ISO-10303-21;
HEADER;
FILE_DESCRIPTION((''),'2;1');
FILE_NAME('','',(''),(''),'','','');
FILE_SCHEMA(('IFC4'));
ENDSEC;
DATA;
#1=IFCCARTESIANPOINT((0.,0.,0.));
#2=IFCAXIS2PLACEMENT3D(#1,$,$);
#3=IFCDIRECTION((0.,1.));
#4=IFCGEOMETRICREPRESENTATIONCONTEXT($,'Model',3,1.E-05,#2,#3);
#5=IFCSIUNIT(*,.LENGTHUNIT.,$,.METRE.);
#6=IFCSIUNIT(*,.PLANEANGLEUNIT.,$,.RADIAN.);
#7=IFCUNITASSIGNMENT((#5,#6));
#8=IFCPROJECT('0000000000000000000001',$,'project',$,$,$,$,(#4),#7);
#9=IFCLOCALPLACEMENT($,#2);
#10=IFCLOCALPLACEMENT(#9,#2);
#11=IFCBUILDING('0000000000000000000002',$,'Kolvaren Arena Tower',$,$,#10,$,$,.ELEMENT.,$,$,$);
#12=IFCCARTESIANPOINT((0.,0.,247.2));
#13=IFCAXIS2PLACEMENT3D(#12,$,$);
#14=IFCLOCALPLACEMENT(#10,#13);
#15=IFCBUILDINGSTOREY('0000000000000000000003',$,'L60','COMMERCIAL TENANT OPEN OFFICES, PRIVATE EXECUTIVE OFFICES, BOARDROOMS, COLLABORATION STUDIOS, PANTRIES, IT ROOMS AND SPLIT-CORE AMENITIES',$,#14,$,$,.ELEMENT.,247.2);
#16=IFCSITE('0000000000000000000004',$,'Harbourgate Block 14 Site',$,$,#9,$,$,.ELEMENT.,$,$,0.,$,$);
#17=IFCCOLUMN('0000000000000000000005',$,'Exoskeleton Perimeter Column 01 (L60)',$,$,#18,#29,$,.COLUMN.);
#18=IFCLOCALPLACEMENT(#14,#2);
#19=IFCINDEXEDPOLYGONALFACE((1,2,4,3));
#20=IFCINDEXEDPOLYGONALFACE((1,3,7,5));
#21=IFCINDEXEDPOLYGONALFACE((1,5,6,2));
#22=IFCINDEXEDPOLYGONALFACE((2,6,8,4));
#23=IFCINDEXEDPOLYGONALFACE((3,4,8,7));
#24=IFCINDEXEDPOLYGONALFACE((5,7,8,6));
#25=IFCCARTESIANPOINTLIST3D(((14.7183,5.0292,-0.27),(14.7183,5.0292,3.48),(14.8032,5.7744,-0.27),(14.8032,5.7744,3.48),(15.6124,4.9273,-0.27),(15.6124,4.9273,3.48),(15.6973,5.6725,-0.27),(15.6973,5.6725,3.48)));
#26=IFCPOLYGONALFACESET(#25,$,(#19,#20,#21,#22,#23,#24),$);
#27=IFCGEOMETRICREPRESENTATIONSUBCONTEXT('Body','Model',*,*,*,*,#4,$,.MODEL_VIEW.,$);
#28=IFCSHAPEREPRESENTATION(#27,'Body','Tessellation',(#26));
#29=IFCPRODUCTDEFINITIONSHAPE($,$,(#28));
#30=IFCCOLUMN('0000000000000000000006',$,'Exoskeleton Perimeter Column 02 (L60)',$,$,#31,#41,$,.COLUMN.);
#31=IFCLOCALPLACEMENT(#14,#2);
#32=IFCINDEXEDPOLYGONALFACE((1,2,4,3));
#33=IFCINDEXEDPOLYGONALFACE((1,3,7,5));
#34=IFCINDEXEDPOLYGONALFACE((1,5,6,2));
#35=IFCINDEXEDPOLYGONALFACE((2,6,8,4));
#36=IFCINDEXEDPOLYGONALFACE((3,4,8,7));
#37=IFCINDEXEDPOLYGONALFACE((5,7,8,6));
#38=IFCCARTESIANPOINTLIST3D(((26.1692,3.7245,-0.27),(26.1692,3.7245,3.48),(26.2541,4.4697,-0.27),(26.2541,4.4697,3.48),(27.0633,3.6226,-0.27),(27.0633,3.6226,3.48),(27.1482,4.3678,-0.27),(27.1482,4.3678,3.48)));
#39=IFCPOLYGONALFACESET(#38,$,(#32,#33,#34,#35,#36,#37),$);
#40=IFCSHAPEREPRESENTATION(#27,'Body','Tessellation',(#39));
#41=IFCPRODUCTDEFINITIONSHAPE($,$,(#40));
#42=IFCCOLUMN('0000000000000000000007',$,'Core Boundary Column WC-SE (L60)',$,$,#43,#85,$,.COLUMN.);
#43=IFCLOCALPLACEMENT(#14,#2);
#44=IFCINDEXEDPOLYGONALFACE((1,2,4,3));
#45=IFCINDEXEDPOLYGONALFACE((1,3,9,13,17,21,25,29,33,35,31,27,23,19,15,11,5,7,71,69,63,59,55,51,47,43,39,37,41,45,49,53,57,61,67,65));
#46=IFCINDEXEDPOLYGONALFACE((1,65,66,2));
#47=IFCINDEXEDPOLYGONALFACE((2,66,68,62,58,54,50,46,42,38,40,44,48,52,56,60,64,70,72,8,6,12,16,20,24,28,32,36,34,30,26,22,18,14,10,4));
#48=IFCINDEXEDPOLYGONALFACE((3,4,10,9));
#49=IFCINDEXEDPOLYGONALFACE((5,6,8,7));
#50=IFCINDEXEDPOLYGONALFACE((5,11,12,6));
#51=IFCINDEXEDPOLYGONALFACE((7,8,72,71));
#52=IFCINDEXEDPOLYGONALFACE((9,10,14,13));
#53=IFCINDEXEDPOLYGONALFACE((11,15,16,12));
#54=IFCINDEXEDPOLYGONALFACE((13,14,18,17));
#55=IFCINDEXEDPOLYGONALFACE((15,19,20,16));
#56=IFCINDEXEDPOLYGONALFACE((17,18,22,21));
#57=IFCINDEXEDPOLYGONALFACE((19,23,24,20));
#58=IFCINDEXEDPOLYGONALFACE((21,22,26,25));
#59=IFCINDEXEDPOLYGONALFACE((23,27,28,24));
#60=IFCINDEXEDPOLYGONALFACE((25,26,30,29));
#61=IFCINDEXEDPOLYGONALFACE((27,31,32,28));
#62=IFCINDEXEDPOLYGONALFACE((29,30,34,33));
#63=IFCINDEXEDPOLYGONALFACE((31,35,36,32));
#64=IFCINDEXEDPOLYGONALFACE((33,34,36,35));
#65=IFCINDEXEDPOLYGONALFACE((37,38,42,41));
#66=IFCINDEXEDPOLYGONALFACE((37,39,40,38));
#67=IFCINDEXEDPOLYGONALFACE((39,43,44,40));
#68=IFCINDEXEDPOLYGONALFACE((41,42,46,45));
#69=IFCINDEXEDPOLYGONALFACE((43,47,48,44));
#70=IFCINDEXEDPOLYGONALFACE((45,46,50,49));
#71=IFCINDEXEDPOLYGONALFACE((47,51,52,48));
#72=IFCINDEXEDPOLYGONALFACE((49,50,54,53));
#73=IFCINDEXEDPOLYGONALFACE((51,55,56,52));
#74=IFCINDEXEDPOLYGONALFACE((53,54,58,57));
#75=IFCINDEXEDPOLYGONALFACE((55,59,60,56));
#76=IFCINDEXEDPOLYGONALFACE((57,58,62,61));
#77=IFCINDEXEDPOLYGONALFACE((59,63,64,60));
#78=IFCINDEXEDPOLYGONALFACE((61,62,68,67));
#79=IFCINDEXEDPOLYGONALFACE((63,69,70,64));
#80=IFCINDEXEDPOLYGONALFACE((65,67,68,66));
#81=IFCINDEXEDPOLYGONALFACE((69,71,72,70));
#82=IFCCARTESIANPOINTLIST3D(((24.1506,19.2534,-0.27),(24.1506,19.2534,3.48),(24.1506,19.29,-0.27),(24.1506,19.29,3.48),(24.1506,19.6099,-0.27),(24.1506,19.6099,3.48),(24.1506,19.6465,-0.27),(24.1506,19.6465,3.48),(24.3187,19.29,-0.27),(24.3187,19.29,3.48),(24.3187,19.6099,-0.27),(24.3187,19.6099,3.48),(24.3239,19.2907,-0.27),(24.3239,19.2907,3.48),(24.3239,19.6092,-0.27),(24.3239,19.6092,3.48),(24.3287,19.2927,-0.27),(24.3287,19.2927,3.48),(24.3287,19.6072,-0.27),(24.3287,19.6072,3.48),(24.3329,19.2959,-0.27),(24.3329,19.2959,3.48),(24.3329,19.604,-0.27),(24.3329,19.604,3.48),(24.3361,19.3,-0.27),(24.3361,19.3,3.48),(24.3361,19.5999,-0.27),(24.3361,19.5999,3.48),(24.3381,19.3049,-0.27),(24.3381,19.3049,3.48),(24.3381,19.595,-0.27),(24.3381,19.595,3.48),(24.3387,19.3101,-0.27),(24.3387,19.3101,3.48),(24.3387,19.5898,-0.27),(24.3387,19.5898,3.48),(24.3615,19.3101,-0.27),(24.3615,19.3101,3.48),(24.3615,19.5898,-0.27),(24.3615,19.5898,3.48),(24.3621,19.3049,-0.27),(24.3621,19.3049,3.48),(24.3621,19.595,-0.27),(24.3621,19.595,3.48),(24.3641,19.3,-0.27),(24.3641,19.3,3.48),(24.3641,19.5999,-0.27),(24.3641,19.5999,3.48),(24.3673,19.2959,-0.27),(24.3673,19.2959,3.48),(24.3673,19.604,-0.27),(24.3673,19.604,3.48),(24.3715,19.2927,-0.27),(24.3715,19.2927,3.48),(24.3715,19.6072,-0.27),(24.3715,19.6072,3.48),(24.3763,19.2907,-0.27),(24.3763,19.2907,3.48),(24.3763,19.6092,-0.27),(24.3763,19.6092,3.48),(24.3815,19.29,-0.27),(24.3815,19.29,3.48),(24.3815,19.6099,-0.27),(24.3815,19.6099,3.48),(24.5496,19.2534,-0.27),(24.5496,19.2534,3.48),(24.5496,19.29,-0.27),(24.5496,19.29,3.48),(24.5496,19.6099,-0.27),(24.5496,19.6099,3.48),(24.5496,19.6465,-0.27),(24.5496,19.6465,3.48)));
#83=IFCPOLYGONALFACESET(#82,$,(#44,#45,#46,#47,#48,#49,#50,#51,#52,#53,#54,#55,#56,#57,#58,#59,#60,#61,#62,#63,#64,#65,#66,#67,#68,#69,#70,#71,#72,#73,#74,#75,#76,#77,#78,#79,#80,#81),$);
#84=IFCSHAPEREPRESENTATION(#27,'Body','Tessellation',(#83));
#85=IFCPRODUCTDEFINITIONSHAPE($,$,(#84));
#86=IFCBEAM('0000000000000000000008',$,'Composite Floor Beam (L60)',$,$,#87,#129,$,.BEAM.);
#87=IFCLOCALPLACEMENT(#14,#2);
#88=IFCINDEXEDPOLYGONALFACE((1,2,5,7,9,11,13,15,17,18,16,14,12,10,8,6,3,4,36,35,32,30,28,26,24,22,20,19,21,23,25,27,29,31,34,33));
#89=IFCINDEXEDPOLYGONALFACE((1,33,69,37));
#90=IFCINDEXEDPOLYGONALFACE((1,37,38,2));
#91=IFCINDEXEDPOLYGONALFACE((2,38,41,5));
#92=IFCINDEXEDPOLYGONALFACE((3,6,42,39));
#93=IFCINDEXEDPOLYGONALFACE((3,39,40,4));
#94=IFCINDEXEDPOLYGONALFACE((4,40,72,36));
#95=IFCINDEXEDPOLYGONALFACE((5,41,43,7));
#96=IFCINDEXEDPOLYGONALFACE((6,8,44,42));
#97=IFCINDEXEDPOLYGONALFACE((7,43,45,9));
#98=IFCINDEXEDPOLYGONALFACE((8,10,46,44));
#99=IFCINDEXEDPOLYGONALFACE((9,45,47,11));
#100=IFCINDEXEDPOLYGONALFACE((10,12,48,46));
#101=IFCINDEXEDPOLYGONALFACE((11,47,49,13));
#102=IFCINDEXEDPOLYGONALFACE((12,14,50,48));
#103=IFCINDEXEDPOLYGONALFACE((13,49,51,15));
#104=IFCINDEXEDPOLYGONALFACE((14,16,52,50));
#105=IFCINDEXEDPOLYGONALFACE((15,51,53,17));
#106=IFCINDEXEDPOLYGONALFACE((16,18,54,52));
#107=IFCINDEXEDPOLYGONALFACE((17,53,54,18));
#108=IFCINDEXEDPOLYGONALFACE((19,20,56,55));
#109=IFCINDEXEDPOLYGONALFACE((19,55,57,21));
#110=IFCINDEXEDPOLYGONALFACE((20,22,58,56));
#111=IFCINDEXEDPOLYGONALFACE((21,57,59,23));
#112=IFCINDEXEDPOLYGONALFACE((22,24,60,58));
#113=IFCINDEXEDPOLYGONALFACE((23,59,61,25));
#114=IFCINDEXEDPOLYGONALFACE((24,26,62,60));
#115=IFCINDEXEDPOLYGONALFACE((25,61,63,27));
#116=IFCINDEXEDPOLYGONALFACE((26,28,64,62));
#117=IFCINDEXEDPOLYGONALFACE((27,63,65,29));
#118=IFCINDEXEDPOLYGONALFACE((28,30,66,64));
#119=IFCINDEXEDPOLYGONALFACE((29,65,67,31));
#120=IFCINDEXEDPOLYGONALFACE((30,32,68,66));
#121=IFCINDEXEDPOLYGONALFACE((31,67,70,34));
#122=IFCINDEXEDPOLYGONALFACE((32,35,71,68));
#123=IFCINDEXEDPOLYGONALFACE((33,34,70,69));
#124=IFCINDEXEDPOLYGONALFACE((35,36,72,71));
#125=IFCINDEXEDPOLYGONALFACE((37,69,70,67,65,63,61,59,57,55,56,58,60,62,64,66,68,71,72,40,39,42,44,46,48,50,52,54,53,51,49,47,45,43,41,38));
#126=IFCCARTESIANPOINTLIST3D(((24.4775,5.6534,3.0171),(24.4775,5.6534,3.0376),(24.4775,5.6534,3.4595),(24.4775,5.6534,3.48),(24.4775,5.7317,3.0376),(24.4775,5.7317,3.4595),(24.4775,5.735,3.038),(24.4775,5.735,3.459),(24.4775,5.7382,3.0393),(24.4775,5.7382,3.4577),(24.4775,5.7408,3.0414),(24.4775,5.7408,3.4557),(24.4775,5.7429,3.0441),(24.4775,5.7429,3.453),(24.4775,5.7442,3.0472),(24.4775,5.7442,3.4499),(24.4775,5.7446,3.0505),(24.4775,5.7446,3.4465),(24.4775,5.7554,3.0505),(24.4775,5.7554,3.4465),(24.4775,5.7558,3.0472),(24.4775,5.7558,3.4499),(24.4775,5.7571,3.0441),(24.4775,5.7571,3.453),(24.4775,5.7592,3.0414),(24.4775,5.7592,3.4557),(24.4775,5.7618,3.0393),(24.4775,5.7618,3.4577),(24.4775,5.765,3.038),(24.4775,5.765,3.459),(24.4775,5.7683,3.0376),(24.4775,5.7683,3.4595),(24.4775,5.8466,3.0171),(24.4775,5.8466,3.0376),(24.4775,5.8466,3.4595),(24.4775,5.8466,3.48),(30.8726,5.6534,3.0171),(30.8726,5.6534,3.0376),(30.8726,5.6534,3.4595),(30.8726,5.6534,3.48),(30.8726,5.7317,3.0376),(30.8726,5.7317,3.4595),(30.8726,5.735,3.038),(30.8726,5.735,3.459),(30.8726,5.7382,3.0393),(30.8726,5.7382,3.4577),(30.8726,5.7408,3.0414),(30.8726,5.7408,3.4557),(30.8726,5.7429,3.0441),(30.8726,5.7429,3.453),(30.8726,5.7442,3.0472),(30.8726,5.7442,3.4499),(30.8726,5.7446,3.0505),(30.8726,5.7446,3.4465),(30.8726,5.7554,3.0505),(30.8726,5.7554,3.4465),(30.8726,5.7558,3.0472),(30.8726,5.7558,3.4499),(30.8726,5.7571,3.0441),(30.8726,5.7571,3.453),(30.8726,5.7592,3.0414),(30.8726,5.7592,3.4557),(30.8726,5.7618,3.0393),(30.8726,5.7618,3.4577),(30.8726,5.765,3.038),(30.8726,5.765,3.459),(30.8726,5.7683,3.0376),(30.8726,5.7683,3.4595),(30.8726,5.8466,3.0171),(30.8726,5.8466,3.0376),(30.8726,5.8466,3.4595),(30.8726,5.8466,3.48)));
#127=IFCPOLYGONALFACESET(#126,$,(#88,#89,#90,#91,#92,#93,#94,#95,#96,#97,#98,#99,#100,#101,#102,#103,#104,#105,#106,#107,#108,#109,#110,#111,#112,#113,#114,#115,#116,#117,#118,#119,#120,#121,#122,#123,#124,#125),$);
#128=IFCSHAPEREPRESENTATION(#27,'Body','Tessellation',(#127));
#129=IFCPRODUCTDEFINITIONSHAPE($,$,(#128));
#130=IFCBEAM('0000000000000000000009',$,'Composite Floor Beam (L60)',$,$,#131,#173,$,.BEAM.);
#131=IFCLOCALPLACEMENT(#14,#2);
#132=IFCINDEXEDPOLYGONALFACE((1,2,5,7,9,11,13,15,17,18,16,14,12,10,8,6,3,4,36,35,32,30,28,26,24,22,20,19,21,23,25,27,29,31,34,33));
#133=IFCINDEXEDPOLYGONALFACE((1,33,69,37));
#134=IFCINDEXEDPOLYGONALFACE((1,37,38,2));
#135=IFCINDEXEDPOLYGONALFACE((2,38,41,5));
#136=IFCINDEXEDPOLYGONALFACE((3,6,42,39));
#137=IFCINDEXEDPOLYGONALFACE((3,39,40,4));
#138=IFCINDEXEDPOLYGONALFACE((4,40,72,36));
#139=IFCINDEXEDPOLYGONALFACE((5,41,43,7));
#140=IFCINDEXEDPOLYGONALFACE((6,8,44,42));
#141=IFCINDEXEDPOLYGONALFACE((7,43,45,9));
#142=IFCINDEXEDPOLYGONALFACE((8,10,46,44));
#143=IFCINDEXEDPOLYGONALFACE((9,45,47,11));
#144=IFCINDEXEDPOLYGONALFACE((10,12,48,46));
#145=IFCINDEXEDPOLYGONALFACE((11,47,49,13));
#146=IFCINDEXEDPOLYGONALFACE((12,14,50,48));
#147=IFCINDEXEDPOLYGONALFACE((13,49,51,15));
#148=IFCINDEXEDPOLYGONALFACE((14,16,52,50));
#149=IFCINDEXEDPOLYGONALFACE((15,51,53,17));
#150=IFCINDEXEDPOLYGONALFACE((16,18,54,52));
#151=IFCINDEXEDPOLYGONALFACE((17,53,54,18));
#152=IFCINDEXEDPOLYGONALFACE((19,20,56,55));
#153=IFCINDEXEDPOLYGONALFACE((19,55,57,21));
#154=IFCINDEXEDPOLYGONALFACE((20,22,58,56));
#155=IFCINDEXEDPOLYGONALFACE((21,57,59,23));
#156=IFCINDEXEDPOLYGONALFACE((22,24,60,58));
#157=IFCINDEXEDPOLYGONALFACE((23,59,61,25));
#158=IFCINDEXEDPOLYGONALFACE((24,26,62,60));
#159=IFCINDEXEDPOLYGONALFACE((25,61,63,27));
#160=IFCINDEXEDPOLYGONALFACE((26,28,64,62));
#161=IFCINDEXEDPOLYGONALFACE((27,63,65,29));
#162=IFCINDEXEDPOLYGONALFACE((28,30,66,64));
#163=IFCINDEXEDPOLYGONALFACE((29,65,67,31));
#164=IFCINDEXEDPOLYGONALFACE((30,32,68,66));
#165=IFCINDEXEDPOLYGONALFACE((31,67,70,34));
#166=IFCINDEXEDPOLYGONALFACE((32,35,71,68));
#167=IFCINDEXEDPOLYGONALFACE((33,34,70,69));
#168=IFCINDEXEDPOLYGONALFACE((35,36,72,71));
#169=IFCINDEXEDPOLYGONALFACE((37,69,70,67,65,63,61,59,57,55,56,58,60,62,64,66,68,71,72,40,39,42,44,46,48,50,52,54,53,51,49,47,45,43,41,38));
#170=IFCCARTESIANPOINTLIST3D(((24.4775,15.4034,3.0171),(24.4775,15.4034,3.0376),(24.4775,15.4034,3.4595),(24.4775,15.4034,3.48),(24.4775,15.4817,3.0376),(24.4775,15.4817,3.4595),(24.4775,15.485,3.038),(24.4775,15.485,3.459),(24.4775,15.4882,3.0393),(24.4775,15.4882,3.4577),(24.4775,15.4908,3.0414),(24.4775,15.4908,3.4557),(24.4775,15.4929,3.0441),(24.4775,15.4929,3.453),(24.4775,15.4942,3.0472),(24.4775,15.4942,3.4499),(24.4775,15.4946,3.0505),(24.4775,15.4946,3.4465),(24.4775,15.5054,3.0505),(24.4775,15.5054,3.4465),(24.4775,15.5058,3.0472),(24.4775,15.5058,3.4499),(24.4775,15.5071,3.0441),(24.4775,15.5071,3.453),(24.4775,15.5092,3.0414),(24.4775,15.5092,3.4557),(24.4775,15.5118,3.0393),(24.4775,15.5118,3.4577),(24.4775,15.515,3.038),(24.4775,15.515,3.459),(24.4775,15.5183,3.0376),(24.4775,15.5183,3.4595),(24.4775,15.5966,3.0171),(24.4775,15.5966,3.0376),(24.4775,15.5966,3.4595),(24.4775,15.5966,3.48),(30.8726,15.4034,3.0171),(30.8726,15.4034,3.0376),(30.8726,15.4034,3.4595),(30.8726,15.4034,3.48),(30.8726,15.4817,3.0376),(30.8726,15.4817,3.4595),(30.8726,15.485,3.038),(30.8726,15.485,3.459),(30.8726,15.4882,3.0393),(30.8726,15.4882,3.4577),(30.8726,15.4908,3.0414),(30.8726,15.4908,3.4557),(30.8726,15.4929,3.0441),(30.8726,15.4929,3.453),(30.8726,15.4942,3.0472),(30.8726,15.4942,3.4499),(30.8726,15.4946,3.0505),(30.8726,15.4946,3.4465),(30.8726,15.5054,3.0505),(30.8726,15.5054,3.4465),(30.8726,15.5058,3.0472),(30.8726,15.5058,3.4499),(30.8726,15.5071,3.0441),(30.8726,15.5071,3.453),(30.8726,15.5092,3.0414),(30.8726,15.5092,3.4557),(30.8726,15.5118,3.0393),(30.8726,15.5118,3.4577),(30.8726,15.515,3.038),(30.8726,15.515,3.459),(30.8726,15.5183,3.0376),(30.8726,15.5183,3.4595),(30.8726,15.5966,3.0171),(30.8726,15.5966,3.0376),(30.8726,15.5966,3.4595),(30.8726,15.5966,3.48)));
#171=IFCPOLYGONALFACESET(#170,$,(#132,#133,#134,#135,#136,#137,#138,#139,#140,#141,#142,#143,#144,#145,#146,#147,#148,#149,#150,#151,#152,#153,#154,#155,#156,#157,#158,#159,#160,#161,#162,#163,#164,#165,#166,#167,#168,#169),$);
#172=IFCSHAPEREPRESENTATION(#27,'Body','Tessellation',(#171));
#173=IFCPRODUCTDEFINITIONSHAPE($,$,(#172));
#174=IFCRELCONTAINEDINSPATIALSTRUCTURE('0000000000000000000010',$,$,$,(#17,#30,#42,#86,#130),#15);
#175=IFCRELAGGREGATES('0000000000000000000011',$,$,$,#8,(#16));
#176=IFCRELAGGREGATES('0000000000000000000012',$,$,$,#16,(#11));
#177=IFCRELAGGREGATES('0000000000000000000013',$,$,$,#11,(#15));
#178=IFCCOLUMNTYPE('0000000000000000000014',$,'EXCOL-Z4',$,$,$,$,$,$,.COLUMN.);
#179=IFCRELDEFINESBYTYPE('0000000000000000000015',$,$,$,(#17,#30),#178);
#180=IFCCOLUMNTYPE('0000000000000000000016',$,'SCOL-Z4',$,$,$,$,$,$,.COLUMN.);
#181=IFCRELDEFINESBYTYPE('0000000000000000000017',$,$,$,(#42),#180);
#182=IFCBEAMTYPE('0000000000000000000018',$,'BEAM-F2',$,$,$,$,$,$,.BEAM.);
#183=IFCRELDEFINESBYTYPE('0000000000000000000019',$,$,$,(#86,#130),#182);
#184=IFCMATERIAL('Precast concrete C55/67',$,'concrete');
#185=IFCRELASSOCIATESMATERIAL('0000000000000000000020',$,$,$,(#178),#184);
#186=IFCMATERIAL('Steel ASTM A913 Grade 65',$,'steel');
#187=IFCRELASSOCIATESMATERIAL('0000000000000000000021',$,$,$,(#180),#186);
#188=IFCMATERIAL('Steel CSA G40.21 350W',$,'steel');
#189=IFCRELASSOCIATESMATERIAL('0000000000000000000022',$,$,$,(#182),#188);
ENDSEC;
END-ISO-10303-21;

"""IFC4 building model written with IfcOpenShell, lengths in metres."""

from ifc_helpers import new_model, si_unit, direction, frame, origin, origin_2d, place, context, subcontext, project, spatial, rectangle, i_section, extrude, material, material_profile, profile_set, type_object, element, save


model = new_model("IFC4")

# Units and contexts
model_context = context("Model", 3, precision=1e-05, world=origin(), true_north=direction((0.0, 1.0)))
body_context = subcontext(model_context, "Body", "Model", "MODEL_VIEW")
ifc_project = project(units=[si_unit("LENGTHUNIT", "METRE"), si_unit("PLANEANGLEUNIT", "RADIAN")], contexts=[model_context])

# Site, building, storey
site_placement = place(None, origin())
site = spatial("IfcSite", under=ifc_project, at=site_placement, Name="Harbourgate Block 14 Site", CompositionType="ELEMENT", RefElevation=0.0)
building_placement = place(site_placement, origin())
building = spatial("IfcBuilding", under=site, at=building_placement, Name="Kolvaren Arena Tower", CompositionType="ELEMENT")
storey_placement = place(building_placement, frame((0.0, 0.0, 247.2)))
storey = spatial("IfcBuildingStorey", under=building, at=storey_placement, Name="L60", Description="COMMERCIAL TENANT OPEN OFFICES, PRIVATE EXECUTIVE OFFICES, BOARDROOMS, COLLABORATION STUDIOS, PANTRIES, IT ROOMS AND SPLIT-CORE AMENITIES", CompositionType="ELEMENT", Elevation=247.2)

# Columns
ifc_material_1 = material(Name="Precast concrete C55/67", Category="concrete")
ifc_material_profile_1 = material_profile(ifc_material_1, rectangle(XDim=0.8999, YDim=0.75, at=origin_2d()), Name="RC-900x750")
ifc_profile_set_1 = profile_set([ifc_material_profile_1], Name="Precast concrete C55/67")
column_type_1 = type_object("IfcColumnType", Name="EXCOL-Z4", PredefinedType="COLUMN", material=ifc_profile_set_1)
for number, where, z_axis, x_axis, name in (
    (1, (15.2078, 5.3508, -0.27), (0.0, 0.0, 1.0), (0.993572, -0.113203, 0.0), "Exoskeleton Perimeter Column 01 (L60)"),
    (2, (26.6587, 4.0461, -0.27), (0.0, 0.0, 1.0), (0.993572, -0.113203, 0.0), "Exoskeleton Perimeter Column 02 (L60)"),
):
    element("IfcColumn", number, at=place(storey_placement, frame(where, z_axis=z_axis, x_axis=x_axis)), inside=storey, type_object=column_type_1, Name=name, PredefinedType="COLUMN", context=body_context, shape_type="SweptSolid", body=[
        extrude(rectangle(XDim=0.8999, YDim=0.75, at=origin_2d()), origin(), (0.0, 0.0, 1.0), 3.75),
    ])
ifc_material_2 = material(Name="Steel ASTM A913 Grade 65", Category="steel")
ifc_material_profile_2 = material_profile(ifc_material_2, i_section(OverallWidth=0.3989, OverallDepth=0.3931, WebThickness=0.0227, FlangeThickness=0.0366, FilletRadius=0.02, at=origin_2d()), Name="W360x287")
ifc_profile_set_2 = profile_set([ifc_material_profile_2], Name="Steel ASTM A913 Grade 65")
column_type_2 = type_object("IfcColumnType", Name="SCOL-Z4", PredefinedType="COLUMN", material=ifc_profile_set_2)
column_placement = place(storey_placement, frame((24.3501, 19.45, -0.27), z_axis=(0.0, 0.0, 1.0), x_axis=(1.0, 0.0, 0.0)))
element("IfcColumn", 3, at=column_placement, inside=storey, type_object=column_type_2, Name="Core Boundary Column WC-SE (L60)", PredefinedType="COLUMN", context=body_context, shape_type="SweptSolid", body=[
    extrude(i_section(OverallWidth=0.3989, OverallDepth=0.3931, WebThickness=0.0227, FlangeThickness=0.0366, FilletRadius=0.02, at=origin_2d()), origin(), (0.0, 0.0, 1.0), 3.75),
])

# Beams
ifc_material_3 = material(Name="Steel CSA G40.21 350W", Category="steel")
ifc_material_profile_3 = material_profile(ifc_material_3, i_section(OverallWidth=0.1931, OverallDepth=0.4629, WebThickness=0.0107, FlangeThickness=0.0205, FilletRadius=0.0129, at=origin_2d()), Name="W460x113")
ifc_profile_set_3 = profile_set([ifc_material_profile_3], Name="Steel CSA G40.21 350W")
beam_type_1 = type_object("IfcBeamType", Name="BEAM-F2", PredefinedType="BEAM", material=ifc_profile_set_3)
for number, where, z_axis, x_axis, name in (
    (4, (24.4775, 5.75, 3.2485), (1.0, 0.0, 0.0), (0.0, 1.0, 0.0), "Composite Floor Beam (L60)"),
    (5, (24.4775, 15.5, 3.2485), (1.0, 0.0, 0.0), (0.0, 1.0, 0.0), "Composite Floor Beam (L60)"),
):
    element("IfcBeam", number, at=place(storey_placement, frame(where, z_axis=z_axis, x_axis=x_axis)), inside=storey, type_object=beam_type_1, Name=name, PredefinedType="BEAM", context=body_context, shape_type="SweptSolid", body=[
        extrude(i_section(OverallWidth=0.1931, OverallDepth=0.4629, WebThickness=0.0107, FlangeThickness=0.0205, FilletRadius=0.0129, at=origin_2d()), origin(), (0.0, 0.0, 1.0), 6.395),
    ])

save(model, "model.ifc")
